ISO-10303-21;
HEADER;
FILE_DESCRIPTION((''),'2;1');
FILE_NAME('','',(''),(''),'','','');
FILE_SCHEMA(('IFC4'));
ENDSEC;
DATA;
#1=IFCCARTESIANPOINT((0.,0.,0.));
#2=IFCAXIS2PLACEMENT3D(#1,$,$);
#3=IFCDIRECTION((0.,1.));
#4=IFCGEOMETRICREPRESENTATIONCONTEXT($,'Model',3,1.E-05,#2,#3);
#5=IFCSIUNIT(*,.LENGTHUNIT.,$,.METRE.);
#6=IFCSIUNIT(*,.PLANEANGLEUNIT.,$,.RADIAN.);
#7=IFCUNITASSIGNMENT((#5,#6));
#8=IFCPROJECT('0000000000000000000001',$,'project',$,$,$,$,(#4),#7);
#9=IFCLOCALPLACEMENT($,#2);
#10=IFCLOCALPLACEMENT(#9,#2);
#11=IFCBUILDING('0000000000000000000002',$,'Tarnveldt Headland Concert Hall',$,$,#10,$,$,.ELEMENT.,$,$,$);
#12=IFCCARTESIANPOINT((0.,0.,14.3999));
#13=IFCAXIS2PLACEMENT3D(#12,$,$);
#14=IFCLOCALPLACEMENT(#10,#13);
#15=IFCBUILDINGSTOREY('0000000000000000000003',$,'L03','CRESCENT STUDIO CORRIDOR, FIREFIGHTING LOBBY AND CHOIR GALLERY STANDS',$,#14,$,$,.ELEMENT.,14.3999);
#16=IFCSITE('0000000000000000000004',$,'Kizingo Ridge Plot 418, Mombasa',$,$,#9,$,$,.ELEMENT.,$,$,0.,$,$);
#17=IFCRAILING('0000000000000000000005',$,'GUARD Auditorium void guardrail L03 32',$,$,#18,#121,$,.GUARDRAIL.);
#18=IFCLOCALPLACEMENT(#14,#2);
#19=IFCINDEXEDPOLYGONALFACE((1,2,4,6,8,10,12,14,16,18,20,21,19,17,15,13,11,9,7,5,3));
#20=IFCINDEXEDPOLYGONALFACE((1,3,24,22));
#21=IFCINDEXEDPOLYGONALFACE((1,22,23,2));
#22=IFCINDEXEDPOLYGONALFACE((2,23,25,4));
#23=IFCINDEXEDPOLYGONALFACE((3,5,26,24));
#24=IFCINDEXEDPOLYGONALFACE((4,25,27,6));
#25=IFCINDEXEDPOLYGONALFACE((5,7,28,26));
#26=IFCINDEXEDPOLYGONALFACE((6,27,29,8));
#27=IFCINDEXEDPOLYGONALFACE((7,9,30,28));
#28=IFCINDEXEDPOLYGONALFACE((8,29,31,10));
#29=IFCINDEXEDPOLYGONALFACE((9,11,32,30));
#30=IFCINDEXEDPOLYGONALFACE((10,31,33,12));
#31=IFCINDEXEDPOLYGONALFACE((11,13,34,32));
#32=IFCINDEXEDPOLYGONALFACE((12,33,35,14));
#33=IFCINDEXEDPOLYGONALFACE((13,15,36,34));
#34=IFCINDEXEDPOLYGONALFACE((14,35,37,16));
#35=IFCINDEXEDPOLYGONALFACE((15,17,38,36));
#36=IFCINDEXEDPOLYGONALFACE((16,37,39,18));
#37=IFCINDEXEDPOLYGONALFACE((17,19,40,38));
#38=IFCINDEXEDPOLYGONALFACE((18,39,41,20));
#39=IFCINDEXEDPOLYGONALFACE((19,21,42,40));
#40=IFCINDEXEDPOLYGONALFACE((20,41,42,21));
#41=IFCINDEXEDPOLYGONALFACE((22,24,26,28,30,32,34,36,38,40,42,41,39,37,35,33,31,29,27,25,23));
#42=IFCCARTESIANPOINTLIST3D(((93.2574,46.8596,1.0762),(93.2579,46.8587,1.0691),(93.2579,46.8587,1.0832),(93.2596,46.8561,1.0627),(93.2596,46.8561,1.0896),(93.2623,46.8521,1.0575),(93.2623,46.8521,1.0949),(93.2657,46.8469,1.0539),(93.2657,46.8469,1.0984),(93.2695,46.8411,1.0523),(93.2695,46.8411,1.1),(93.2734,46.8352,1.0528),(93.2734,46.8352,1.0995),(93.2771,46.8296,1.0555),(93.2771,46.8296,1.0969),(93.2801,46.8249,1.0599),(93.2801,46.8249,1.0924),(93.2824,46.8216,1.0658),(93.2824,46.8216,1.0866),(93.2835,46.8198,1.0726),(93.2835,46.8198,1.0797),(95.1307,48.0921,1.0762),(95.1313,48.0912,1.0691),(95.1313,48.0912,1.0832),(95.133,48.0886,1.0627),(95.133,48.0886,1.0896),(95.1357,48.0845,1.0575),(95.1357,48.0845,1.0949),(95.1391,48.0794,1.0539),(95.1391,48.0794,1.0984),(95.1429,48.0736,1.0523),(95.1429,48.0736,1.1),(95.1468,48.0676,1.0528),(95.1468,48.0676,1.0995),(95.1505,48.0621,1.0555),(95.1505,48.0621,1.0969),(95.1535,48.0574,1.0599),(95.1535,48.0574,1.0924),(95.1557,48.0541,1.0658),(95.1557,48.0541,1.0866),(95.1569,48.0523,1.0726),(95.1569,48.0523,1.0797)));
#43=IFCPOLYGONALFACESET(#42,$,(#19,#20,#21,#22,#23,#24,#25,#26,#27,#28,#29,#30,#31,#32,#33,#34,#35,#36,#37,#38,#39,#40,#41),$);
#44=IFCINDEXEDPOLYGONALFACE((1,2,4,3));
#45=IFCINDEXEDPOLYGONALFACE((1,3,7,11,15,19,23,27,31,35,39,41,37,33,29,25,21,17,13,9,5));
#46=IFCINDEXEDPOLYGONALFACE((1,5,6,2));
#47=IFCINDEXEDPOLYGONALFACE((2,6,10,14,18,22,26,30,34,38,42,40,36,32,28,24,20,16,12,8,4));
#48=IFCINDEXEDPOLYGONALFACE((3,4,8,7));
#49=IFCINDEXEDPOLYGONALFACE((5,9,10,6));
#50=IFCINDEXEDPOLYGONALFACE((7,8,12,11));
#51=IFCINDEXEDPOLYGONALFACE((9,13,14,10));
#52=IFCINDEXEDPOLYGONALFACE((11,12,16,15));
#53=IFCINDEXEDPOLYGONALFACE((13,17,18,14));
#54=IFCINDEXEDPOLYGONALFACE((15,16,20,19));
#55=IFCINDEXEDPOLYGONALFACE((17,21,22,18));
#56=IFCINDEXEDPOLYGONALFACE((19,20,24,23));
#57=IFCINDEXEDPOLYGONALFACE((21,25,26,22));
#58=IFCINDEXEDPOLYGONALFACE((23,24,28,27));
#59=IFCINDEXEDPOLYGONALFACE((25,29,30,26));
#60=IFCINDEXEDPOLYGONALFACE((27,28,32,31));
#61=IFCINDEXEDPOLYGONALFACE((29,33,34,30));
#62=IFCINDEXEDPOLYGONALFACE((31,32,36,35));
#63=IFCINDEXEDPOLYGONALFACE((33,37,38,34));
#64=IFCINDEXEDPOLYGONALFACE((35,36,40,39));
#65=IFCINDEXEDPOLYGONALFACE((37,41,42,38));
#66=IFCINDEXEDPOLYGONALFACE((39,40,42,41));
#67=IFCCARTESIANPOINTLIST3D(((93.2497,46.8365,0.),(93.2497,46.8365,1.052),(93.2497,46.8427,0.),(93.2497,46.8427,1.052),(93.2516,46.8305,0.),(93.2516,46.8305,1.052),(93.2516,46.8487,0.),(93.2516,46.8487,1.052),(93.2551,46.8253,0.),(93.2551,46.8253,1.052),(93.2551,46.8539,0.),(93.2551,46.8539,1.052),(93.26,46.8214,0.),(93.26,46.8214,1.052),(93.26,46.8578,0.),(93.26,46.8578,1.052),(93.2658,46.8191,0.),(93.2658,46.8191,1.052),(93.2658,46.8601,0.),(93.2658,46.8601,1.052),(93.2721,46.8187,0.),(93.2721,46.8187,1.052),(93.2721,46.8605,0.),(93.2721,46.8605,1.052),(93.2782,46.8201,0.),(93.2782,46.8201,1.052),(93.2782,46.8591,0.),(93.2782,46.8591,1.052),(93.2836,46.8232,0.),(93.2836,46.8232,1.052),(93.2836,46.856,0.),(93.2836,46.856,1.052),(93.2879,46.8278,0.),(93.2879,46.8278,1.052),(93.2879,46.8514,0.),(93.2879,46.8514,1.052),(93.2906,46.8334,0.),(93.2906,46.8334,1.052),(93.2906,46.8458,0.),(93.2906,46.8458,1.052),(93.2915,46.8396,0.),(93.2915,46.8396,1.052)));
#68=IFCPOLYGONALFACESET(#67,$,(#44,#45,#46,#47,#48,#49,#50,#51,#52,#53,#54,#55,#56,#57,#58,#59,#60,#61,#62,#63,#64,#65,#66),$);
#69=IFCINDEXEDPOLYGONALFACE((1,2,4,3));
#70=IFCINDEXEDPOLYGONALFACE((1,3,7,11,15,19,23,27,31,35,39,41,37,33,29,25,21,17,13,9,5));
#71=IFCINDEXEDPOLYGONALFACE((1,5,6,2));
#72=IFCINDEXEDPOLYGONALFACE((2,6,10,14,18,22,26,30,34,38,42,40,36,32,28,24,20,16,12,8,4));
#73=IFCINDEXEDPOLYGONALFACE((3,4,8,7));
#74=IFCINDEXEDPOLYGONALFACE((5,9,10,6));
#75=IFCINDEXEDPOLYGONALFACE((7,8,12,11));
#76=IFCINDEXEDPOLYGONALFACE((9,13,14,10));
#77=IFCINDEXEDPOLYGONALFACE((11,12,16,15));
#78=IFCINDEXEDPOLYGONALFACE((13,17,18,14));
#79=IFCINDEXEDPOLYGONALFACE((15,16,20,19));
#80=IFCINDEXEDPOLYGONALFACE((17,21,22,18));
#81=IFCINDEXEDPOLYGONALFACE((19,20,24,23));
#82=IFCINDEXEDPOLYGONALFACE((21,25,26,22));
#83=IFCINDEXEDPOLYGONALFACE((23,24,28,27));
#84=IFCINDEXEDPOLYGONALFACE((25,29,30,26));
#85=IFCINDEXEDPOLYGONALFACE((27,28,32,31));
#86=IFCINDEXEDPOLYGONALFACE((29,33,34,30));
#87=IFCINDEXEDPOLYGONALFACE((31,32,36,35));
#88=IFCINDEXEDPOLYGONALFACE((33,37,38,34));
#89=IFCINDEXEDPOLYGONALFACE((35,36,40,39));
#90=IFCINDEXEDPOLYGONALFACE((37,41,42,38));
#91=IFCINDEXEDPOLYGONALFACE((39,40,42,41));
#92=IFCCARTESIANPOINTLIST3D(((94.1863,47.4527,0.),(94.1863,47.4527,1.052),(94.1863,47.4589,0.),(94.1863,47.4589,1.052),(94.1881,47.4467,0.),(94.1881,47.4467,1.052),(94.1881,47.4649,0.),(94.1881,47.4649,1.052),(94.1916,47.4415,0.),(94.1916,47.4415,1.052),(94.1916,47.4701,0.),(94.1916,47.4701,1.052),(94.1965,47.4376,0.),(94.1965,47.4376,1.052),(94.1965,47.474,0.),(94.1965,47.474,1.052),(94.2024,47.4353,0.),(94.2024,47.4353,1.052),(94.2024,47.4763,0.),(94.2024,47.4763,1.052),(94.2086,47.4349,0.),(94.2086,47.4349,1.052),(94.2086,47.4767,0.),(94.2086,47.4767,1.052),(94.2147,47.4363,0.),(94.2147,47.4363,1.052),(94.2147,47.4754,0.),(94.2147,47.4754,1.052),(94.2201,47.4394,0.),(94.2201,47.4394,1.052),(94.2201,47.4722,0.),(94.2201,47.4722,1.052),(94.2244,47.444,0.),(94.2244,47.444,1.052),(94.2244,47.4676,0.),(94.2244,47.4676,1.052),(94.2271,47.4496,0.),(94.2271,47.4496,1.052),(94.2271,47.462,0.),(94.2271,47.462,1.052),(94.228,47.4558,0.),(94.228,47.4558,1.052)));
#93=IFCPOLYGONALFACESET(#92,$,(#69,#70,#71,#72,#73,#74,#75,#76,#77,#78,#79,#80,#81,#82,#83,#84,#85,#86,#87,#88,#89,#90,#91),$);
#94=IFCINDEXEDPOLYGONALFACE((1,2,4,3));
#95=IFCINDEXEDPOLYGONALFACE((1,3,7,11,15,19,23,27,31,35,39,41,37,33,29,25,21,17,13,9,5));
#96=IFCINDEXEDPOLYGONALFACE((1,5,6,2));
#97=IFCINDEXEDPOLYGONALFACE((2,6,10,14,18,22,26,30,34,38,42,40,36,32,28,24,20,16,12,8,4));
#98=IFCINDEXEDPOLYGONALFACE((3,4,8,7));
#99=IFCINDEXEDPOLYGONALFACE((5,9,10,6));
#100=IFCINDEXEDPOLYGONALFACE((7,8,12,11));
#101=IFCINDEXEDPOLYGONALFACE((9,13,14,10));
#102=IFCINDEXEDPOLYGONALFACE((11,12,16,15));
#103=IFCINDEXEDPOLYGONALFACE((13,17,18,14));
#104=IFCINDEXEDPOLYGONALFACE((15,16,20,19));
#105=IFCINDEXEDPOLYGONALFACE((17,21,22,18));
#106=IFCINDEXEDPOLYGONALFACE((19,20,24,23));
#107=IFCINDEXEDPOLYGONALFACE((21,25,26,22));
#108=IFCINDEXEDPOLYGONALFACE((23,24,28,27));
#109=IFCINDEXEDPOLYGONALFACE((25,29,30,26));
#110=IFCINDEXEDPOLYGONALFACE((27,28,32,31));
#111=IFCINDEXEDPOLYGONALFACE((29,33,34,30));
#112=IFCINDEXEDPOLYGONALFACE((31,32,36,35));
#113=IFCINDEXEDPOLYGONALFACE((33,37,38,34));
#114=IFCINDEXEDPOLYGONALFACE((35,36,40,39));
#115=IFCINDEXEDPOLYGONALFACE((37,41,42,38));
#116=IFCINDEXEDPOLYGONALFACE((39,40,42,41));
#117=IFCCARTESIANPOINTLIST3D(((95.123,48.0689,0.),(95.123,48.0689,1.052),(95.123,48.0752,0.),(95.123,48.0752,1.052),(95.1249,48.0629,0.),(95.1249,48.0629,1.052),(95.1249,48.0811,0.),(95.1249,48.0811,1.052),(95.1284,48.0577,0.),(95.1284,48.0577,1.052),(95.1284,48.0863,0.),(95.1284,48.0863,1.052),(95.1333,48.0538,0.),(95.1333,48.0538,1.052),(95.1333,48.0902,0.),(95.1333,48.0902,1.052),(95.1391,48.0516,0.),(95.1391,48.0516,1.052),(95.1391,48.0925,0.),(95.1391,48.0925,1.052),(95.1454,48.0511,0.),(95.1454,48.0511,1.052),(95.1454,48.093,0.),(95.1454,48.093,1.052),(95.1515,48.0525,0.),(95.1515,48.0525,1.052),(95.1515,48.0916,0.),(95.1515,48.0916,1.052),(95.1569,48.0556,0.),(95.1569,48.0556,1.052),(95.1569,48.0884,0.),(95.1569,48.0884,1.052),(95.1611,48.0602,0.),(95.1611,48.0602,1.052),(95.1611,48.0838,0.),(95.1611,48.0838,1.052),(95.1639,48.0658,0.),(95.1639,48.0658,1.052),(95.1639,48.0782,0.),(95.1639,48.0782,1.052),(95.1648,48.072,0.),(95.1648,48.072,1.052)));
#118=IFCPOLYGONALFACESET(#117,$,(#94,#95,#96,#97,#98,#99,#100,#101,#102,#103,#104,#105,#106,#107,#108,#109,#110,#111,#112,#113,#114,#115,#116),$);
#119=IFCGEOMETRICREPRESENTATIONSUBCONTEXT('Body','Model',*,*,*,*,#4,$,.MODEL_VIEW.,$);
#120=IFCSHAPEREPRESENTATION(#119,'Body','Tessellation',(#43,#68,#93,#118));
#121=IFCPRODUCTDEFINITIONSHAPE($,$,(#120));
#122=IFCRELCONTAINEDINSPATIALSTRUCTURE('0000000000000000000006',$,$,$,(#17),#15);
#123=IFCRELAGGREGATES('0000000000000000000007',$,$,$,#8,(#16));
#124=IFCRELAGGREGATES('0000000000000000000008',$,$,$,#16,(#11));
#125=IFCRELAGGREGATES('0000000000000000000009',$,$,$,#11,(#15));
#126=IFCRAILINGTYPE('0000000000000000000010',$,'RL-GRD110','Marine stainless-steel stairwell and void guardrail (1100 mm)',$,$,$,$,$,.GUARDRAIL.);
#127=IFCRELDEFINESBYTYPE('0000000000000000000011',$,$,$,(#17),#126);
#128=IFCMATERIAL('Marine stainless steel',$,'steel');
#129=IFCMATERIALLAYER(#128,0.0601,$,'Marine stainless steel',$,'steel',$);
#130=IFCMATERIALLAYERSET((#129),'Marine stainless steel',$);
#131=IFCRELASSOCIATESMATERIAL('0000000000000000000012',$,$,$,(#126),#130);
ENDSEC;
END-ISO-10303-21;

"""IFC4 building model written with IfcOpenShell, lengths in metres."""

from ifc_helpers import new_model, si_unit, direction, frame, origin, origin_2d, place, context, subcontext, project, spatial, circle, extrude, material, layer, layer_set, type_object, element, save


model = new_model("IFC4")

# Units and contexts
model_context = context("Model", 3, precision=1e-05, world=origin(), true_north=direction((0.0, 1.0)))
body_context = subcontext(model_context, "Body", "Model", "MODEL_VIEW")
ifc_project = project(units=[si_unit("LENGTHUNIT", "METRE"), si_unit("PLANEANGLEUNIT", "RADIAN")], contexts=[model_context])

# Site, building, storey
site_placement = place(None, origin())
site = spatial("IfcSite", under=ifc_project, at=site_placement, Name="Kizingo Ridge Plot 418, Mombasa", CompositionType="ELEMENT", RefElevation=0.0)
building_placement = place(site_placement, origin())
building = spatial("IfcBuilding", under=site, at=building_placement, Name="Tarnveldt Headland Concert Hall", CompositionType="ELEMENT")
storey_placement = place(building_placement, frame((0.0, 0.0, 14.3999)))
storey = spatial("IfcBuildingStorey", under=building, at=storey_placement, Name="L03", Description="CRESCENT STUDIO CORRIDOR, FIREFIGHTING LOBBY AND CHOIR GALLERY STANDS", CompositionType="ELEMENT", Elevation=14.3999)

# Railing
ifc_material_1 = material(Name="Marine stainless steel", Category="steel")
ifc_layer_1 = layer(ifc_material_1, 0.0601, Name="Marine stainless steel", Category="steel")
ifc_layer_set_1 = layer_set([ifc_layer_1], Name="Marine stainless steel")
railing_type_1 = type_object("IfcRailingType", Name="RL-GRD110", Description="Marine stainless-steel stairwell and void guardrail (1100 mm)", PredefinedType="GUARDRAIL", material=ifc_layer_set_1)
railing_1_placement = place(storey_placement, frame((93.2705, 46.8396, 0.0)))
element("IfcRailing", 1, at=railing_1_placement, inside=storey, type_object=railing_type_1, Name="GUARD Auditorium void guardrail L03 32", PredefinedType="GUARDRAIL", context=body_context, shape_type="SweptSolid", body=[
    extrude(circle(Radius=0.0239, at=origin_2d()), frame((0.0, 0.0, 1.0762), z_axis=(0.835418, 0.549615, 0.0), x_axis=(-0.549615, 0.835418, 0.0)), (0.0, 0.0, 1.0), 2.2424),
    extrude(circle(Radius=0.021, at=origin_2d()), origin(), (0.0, 0.0, 1.0), 1.052),
    extrude(circle(Radius=0.021, at=origin_2d()), frame((0.9365, 0.6162, 0.0)), (0.0, 0.0, 1.0), 1.052),
    extrude(circle(Radius=0.021, at=origin_2d()), frame((1.8733, 1.2324, 0.0)), (0.0, 0.0, 1.0), 1.052),
])

save(model, "model.ifc")
